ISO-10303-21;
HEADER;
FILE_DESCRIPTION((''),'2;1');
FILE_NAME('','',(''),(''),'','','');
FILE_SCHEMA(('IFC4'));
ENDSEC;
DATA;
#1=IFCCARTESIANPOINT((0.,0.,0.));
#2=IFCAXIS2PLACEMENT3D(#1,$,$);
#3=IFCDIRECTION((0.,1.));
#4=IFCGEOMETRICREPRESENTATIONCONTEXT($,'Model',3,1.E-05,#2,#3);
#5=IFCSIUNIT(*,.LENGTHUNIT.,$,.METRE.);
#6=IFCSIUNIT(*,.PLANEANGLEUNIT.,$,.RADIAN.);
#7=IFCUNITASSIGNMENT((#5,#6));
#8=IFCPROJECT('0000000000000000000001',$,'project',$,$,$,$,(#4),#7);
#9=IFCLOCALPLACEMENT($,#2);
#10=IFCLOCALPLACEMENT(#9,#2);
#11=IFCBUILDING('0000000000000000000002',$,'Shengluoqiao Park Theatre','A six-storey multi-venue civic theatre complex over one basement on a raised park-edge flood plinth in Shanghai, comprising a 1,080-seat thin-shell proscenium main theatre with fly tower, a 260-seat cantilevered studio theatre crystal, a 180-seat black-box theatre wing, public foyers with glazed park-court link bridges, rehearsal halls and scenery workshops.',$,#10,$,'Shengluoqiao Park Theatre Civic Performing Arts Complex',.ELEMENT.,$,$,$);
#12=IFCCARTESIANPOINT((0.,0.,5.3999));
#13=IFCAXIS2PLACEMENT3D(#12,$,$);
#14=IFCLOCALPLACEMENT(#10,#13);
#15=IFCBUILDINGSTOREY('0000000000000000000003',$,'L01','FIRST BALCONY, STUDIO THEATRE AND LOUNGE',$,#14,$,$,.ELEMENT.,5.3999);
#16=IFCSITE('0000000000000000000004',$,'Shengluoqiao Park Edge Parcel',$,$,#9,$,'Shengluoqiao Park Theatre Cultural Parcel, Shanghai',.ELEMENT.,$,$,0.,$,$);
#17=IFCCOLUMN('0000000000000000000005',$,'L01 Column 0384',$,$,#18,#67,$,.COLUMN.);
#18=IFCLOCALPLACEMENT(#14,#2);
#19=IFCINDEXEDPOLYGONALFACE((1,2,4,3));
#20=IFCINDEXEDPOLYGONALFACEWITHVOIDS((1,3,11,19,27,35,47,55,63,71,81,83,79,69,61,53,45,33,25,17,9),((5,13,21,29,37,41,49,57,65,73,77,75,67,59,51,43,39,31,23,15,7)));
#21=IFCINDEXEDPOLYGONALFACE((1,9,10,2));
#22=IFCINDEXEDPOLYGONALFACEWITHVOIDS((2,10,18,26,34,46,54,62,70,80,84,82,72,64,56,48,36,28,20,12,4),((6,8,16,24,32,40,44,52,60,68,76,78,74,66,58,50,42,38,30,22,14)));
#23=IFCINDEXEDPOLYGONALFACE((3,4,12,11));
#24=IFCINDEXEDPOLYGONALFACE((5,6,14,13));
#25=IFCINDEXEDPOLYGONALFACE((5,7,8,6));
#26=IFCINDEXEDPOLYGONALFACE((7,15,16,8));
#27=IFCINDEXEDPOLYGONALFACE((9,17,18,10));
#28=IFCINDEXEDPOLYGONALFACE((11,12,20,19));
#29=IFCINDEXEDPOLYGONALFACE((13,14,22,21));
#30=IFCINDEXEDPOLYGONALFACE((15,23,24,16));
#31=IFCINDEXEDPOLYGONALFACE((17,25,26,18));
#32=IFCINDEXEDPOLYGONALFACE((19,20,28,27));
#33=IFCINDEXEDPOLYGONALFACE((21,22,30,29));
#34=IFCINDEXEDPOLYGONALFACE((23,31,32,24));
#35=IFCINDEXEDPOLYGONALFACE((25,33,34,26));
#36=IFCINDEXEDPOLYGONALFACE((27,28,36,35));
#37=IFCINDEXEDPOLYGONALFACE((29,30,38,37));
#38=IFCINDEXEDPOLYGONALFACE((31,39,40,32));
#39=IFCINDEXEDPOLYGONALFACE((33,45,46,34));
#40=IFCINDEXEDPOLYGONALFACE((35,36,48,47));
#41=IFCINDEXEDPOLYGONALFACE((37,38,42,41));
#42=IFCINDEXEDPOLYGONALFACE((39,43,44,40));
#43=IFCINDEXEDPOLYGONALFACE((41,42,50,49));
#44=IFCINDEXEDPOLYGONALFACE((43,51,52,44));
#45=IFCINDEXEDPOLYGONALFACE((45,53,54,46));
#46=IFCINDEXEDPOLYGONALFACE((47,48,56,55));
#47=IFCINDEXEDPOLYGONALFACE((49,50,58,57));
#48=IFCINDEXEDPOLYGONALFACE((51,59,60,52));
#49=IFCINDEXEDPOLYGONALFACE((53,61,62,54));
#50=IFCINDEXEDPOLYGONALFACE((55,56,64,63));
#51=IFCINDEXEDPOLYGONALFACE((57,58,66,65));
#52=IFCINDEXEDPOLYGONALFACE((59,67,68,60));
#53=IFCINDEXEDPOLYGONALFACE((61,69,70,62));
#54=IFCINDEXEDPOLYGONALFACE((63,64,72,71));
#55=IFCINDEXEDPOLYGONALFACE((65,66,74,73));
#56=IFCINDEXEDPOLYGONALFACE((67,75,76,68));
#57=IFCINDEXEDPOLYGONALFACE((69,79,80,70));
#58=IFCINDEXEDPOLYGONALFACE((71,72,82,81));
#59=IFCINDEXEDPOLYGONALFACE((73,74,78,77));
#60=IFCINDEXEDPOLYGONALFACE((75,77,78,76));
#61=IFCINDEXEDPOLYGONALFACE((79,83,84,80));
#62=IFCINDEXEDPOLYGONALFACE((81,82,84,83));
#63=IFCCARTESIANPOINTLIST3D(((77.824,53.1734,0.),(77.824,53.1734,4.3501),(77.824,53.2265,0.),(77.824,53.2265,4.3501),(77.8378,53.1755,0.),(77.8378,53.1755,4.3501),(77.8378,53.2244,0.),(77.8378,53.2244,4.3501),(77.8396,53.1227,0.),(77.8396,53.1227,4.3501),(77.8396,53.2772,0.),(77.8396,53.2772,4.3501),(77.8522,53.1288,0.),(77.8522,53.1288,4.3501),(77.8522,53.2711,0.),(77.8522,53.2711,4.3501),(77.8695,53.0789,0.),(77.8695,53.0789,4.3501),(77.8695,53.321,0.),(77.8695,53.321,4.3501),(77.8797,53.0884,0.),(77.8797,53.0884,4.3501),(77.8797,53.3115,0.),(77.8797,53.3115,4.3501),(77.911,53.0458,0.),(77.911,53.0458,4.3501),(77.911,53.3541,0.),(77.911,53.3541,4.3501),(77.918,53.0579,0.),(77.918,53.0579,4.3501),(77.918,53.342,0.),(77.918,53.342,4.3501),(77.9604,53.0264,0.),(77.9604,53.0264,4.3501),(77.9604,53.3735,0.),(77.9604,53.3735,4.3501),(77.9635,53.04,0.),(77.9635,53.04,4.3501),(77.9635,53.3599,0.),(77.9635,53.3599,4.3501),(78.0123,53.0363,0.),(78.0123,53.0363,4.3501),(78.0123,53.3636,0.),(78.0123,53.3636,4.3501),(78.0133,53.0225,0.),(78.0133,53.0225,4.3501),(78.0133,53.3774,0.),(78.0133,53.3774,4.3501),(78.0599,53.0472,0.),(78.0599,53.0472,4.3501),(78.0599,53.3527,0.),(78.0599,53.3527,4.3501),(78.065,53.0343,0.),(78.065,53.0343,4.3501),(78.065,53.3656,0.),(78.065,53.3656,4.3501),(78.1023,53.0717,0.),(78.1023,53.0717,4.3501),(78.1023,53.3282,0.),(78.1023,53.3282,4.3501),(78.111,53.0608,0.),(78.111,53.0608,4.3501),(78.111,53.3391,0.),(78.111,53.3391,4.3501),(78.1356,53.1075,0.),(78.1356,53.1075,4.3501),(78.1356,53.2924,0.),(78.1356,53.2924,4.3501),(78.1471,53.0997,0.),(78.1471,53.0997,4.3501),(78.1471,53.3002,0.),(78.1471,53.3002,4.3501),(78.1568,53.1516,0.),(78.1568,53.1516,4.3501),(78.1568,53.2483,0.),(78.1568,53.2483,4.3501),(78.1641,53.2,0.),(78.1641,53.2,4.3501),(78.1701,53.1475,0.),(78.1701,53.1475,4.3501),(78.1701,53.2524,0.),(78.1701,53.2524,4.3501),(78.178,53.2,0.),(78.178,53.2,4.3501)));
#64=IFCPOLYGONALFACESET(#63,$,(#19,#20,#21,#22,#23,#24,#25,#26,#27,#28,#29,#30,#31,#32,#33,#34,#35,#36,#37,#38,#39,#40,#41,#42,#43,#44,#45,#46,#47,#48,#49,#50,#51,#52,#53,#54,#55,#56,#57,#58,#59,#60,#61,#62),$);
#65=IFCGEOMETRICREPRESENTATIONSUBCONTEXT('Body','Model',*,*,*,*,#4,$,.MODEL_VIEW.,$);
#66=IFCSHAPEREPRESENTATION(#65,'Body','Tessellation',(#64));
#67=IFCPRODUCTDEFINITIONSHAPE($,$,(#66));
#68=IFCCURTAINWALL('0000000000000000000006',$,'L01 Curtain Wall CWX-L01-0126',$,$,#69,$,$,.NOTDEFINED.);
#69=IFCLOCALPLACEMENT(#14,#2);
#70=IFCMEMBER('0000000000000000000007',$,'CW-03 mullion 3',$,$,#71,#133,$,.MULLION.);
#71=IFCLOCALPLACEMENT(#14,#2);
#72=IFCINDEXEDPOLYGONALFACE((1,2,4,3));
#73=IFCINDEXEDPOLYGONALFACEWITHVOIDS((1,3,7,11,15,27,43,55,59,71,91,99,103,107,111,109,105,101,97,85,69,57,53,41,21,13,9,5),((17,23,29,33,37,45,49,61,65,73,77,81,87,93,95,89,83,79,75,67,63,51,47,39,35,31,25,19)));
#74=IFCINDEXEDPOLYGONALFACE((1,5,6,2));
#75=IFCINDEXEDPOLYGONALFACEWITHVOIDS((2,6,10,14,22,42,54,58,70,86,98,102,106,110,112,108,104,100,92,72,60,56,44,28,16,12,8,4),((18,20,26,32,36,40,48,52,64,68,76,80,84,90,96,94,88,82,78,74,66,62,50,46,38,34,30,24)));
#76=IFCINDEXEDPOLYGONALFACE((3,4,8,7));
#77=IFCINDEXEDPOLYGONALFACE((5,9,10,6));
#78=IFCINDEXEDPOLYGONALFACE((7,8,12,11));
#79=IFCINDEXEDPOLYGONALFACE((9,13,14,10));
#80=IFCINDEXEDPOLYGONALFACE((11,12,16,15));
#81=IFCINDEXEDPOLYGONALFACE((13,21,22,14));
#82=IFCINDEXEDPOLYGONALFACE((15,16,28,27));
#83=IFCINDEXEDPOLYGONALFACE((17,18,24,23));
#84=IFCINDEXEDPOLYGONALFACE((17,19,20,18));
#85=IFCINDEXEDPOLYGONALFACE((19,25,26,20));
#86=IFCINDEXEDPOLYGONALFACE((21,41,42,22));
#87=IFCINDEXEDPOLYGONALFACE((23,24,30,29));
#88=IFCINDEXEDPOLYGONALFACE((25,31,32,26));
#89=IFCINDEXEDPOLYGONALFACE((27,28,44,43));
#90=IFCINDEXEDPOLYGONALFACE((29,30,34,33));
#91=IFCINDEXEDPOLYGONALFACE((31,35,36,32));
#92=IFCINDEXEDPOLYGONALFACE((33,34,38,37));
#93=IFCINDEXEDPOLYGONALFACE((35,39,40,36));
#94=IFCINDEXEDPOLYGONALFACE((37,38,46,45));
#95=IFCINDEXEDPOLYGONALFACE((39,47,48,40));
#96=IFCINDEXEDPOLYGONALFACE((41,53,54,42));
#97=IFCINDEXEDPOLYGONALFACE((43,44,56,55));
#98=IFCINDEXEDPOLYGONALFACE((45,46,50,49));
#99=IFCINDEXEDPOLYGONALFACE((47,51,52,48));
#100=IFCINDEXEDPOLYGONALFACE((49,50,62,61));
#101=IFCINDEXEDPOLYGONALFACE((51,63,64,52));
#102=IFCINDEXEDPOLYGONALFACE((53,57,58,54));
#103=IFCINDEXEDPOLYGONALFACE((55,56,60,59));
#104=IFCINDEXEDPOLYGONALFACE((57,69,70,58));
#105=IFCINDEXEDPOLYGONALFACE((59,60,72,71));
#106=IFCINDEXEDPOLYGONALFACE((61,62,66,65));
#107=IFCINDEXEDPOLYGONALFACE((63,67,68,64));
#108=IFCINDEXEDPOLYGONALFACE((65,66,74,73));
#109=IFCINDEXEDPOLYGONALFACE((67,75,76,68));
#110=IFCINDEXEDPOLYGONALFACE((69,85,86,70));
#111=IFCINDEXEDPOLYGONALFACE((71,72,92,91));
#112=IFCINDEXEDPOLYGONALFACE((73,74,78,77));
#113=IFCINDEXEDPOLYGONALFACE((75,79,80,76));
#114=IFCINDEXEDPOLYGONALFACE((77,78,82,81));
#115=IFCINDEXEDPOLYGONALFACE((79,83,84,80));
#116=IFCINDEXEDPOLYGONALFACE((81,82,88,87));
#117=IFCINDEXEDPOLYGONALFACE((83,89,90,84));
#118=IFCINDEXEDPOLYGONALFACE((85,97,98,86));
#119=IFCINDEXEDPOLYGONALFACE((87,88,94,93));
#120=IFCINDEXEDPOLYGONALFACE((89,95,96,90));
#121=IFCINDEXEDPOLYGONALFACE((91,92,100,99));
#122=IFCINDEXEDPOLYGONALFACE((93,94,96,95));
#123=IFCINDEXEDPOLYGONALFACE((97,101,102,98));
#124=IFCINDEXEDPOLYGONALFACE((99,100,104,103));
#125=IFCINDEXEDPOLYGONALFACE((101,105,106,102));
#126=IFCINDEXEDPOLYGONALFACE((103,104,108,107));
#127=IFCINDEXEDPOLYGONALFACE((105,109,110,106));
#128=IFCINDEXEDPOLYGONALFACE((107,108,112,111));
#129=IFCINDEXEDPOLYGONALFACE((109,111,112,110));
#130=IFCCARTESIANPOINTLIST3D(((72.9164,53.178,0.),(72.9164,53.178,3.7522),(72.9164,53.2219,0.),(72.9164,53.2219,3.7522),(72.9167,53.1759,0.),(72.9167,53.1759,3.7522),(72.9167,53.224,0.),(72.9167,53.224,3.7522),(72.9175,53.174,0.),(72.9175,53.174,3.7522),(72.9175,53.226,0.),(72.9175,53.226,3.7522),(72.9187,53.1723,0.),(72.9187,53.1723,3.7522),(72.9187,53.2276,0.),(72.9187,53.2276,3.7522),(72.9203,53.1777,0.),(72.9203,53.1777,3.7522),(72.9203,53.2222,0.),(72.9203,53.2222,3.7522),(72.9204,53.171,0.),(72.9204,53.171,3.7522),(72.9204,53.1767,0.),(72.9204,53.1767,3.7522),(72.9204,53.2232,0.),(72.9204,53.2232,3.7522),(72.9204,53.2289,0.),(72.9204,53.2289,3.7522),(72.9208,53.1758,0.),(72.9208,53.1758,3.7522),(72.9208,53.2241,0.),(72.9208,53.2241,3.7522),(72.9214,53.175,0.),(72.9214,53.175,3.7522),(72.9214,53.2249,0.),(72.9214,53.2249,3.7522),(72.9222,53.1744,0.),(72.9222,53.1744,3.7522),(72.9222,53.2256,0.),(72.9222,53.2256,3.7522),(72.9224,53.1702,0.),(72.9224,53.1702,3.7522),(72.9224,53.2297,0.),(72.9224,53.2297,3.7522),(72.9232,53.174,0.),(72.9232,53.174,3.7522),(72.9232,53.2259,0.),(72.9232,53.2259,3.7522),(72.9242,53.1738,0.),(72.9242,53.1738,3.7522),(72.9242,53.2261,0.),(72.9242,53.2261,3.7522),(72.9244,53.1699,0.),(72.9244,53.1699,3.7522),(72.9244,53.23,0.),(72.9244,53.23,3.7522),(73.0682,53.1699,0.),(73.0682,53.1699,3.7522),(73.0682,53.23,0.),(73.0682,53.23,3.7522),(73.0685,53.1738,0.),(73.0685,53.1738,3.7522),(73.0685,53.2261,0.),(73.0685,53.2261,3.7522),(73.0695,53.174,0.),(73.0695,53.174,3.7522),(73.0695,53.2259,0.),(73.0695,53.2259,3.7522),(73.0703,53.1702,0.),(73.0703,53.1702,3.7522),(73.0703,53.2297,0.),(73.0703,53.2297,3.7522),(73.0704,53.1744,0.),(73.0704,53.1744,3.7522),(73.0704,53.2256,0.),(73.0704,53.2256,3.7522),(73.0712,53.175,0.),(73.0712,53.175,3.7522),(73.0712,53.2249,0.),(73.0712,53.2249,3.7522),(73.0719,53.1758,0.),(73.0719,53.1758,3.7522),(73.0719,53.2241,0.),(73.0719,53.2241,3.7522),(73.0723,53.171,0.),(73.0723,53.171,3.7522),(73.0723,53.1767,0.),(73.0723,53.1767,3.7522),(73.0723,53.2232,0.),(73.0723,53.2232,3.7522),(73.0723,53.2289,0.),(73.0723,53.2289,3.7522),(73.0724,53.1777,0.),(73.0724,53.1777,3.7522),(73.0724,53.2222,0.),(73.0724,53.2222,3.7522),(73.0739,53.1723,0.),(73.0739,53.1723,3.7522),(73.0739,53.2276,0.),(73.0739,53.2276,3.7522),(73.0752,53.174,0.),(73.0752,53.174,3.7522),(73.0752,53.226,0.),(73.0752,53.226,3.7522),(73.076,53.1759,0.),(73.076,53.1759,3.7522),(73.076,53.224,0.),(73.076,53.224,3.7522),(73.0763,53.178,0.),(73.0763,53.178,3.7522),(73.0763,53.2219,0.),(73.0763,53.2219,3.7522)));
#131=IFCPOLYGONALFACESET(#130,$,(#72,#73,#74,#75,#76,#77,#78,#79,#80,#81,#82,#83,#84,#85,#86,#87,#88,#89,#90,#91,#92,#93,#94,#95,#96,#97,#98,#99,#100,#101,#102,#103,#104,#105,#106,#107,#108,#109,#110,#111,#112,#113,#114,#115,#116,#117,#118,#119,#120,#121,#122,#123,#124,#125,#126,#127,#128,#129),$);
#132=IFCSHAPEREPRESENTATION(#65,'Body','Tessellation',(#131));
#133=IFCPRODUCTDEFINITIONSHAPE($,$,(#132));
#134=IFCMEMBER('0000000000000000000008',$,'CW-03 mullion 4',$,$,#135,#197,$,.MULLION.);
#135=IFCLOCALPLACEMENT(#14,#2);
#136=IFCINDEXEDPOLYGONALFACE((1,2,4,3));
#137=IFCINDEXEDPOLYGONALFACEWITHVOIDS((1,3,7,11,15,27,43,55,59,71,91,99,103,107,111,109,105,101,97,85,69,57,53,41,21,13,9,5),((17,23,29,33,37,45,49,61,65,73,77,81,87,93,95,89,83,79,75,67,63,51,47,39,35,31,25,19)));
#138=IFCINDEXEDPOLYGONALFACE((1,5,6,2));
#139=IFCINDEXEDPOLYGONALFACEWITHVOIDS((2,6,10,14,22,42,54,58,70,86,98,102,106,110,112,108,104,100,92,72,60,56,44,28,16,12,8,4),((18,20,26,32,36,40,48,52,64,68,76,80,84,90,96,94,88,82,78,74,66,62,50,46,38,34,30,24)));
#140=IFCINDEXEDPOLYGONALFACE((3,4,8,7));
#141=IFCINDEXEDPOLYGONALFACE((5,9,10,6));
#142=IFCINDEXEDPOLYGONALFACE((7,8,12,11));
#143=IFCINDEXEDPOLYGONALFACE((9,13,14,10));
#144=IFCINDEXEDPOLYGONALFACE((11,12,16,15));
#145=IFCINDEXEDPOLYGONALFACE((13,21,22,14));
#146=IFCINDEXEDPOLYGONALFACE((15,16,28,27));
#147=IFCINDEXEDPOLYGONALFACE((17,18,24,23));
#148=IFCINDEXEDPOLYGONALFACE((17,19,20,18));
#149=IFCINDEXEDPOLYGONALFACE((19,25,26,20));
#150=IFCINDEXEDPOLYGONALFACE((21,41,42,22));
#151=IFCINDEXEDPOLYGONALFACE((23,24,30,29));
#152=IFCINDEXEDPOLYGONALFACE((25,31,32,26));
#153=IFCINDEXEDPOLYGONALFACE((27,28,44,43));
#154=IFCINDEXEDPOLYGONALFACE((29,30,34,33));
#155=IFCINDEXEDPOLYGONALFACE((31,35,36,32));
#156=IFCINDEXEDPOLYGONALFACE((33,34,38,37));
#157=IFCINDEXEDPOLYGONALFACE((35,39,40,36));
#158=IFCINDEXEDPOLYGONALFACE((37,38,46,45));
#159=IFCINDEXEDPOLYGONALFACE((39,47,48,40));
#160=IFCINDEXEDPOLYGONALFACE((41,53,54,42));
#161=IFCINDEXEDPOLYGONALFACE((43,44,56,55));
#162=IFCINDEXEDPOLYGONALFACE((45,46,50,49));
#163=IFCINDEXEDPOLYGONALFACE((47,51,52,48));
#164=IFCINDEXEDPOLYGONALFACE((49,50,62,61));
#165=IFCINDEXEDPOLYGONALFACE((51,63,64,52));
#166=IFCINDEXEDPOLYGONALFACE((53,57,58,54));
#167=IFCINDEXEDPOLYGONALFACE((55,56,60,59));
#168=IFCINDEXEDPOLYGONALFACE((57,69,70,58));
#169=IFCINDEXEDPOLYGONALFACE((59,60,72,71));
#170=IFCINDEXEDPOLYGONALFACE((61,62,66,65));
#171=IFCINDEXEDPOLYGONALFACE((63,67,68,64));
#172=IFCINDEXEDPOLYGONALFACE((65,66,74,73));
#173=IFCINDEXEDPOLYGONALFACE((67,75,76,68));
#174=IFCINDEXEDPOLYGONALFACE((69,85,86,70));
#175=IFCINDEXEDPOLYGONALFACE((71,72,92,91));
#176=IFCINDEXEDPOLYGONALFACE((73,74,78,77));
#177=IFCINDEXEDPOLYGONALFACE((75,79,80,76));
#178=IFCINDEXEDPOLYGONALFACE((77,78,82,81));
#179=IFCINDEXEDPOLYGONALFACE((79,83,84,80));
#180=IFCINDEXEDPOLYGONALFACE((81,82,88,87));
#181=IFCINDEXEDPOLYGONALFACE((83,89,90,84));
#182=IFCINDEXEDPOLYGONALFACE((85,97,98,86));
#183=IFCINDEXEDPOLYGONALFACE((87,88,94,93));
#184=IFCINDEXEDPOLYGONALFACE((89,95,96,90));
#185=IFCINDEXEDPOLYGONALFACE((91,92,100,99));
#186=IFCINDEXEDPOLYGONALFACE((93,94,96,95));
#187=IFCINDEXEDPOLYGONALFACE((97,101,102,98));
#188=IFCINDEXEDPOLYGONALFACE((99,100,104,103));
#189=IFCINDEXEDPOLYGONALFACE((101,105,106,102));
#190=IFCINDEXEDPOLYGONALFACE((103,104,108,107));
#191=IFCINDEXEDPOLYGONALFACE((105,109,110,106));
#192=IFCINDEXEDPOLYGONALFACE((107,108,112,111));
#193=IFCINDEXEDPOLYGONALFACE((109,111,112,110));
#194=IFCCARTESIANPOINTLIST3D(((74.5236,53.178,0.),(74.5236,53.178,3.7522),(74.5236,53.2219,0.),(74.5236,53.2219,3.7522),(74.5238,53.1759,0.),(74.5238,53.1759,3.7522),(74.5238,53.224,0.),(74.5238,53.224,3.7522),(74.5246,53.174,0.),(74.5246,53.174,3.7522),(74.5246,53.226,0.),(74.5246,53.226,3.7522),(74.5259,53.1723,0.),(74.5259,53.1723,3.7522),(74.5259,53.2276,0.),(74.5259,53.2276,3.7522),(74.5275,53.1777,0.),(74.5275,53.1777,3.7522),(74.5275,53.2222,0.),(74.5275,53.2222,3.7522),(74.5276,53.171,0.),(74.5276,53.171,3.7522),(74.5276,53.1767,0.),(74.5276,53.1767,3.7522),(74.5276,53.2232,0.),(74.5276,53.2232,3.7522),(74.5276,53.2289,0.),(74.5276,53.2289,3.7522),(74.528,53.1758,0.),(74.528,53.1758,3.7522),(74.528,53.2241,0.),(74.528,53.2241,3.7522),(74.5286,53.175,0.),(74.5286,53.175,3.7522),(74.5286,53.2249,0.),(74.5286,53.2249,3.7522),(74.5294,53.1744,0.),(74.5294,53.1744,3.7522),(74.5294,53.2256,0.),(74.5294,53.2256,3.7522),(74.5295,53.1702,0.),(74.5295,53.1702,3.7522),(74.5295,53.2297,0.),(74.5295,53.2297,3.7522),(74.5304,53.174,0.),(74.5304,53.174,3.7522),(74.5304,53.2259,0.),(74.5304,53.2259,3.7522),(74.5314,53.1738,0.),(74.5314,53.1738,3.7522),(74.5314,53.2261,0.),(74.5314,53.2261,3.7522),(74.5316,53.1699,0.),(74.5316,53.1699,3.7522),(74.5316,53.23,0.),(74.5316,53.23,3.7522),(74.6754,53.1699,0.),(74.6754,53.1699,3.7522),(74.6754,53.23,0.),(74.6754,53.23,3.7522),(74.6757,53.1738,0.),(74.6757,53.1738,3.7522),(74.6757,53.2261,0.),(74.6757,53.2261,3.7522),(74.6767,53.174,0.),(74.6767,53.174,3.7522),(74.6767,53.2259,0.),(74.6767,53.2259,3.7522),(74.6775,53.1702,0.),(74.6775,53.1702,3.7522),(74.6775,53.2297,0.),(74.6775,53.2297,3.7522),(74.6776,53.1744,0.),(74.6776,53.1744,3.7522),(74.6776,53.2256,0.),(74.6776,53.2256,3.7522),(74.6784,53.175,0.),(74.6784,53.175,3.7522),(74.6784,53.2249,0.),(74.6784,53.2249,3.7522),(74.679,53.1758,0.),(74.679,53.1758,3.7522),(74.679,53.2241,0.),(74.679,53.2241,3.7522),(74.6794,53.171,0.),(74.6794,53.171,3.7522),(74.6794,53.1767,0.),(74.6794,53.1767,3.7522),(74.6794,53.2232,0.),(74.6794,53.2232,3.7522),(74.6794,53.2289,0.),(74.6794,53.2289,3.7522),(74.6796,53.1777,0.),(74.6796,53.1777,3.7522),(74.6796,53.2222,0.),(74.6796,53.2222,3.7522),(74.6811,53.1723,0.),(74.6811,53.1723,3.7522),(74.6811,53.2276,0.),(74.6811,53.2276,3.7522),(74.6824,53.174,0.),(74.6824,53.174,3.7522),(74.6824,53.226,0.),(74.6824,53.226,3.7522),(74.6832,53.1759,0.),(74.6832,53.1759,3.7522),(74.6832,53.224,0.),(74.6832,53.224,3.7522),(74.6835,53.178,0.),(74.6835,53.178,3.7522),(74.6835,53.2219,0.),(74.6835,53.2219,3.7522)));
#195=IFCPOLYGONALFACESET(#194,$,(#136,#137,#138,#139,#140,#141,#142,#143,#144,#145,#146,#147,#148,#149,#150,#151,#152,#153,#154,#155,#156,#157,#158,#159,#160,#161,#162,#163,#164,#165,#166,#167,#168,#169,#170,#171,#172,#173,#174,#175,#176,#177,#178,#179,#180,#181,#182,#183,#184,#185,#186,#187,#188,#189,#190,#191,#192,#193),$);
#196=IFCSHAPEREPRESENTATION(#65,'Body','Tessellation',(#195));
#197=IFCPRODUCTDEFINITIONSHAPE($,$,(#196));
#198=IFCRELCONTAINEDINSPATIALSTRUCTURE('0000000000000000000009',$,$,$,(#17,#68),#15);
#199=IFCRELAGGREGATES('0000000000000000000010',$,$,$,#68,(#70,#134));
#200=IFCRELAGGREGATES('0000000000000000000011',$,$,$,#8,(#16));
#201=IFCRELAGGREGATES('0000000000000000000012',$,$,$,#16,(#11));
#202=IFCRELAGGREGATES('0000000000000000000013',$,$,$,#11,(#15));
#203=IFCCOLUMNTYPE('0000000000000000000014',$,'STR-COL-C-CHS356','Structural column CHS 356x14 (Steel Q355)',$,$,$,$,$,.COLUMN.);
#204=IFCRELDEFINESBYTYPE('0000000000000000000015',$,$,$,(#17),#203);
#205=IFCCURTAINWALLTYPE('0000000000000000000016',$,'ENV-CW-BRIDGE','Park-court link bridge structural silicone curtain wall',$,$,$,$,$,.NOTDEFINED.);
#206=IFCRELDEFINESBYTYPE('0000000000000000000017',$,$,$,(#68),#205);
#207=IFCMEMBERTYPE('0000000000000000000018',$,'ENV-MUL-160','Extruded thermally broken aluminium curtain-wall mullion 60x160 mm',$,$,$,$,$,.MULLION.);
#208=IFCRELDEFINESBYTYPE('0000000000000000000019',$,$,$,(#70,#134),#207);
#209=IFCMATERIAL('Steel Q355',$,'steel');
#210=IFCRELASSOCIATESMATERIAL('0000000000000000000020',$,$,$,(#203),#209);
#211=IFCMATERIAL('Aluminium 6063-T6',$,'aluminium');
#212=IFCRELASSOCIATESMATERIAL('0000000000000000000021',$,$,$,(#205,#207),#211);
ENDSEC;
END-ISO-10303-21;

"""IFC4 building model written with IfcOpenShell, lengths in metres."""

from ifc_helpers import new_model, si_unit, direction, frame, origin, origin_2d, place, context, subcontext, project, spatial, hollow_rectangle, hollow_circle, extrude, material, material_profile, profile_set, type_object, element, aggregate, save


model = new_model("IFC4")

# Units and contexts
model_context = context("Model", 3, precision=1e-05, world=origin(), true_north=direction((0.0, 1.0)))
body_context = subcontext(model_context, "Body", "Model", "MODEL_VIEW")
ifc_project = project(units=[si_unit("LENGTHUNIT", "METRE"), si_unit("PLANEANGLEUNIT", "RADIAN")], contexts=[model_context])

# Site, building, storey
site_placement = place(None, origin())
site = spatial("IfcSite", under=ifc_project, at=site_placement, Name="Shengluoqiao Park Edge Parcel", LongName="Shengluoqiao Park Theatre Cultural Parcel, Shanghai", CompositionType="ELEMENT", RefElevation=0.0)
building_placement = place(site_placement, origin())
building = spatial("IfcBuilding", under=site, at=building_placement, Name="Shengluoqiao Park Theatre", Description="A six-storey multi-venue civic theatre complex over one basement on a raised park-edge flood plinth in Shanghai, comprising a 1,080-seat thin-shell proscenium main theatre with fly tower, a 260-seat cantilevered studio theatre crystal, a 180-seat black-box theatre wing, public foyers with glazed park-court link bridges, rehearsal halls and scenery workshops.", LongName="Shengluoqiao Park Theatre Civic Performing Arts Complex", CompositionType="ELEMENT")
storey_placement = place(building_placement, frame((0.0, 0.0, 5.3999)))
storey = spatial("IfcBuildingStorey", under=building, at=storey_placement, Name="L01", Description="FIRST BALCONY, STUDIO THEATRE AND LOUNGE", CompositionType="ELEMENT", Elevation=5.3999)

# Column
ifc_material_1 = material(Name="Steel Q355", Category="steel")
ifc_material_profile_1 = material_profile(ifc_material_1, hollow_circle(Radius=0.178, WallThickness=0.0139, at=origin_2d()), Name="CHS 356x14")
ifc_profile_set_1 = profile_set([ifc_material_profile_1], Name="Steel Q355")
column_type = type_object("IfcColumnType", Name="STR-COL-C-CHS356", Description="Structural column CHS 356x14 (Steel Q355)", PredefinedType="COLUMN", material=ifc_profile_set_1)
column_placement = place(storey_placement, frame((78.0, 53.2, 0.0), z_axis=(0.0, 0.0, 1.0), x_axis=(1.0, 0.0, 0.0)))
element("IfcColumn", 1, at=column_placement, inside=storey, type_object=column_type, Name="L01 Column 0384", PredefinedType="COLUMN", context=body_context, shape_type="SweptSolid", body=[
    extrude(hollow_circle(Radius=0.178, WallThickness=0.0139, at=origin_2d()), origin(), (0.0, 0.0, 1.0), 4.3501),
])

# Curtain wall, members
ifc_material_2 = material(Name="Aluminium 6063-T6", Category="aluminium")
curtain_wall_type = type_object("IfcCurtainWallType", Name="ENV-CW-BRIDGE", Description="Park-court link bridge structural silicone curtain wall", PredefinedType="NOTDEFINED", material=ifc_material_2)
curtain_wall_1_placement = place(storey_placement, origin())
curtain_wall_1 = element("IfcCurtainWall", 2, at=curtain_wall_1_placement, inside=storey, type_object=curtain_wall_type, Name="L01 Curtain Wall CWX-L01-0126", PredefinedType="NOTDEFINED")
ifc_material_profile_2 = material_profile(ifc_material_2, hollow_rectangle(XDim=0.0601, YDim=0.1599, WallThickness=0.0039, InnerFilletRadius=0.0039, OuterFilletRadius=0.0081, at=origin_2d()), Name="ALU MULLION 160x60x4")
ifc_profile_set_2 = profile_set([ifc_material_profile_2], Name="Aluminium 6063-T6")
member_type_1 = type_object("IfcMemberType", Name="ENV-MUL-160", Description="Extruded thermally broken aluminium curtain-wall mullion 60x160 mm", PredefinedType="MULLION", material=ifc_profile_set_2)
member_1_placement = place(storey_placement, frame((72.9963, 53.2, 0.0), z_axis=(0.0, 0.0, 1.0), x_axis=(0.0, 1.0, 0.0)))
member_1 = element("IfcMember", 3, at=member_1_placement, type_object=member_type_1, Name="CW-03 mullion 3", PredefinedType="MULLION", context=body_context, shape_type="SweptSolid", body=[
    extrude(hollow_rectangle(XDim=0.0601, YDim=0.1599, WallThickness=0.0039, InnerFilletRadius=0.0039, OuterFilletRadius=0.0081, at=origin_2d()), origin(), (0.0, 0.0, 1.0), 3.7522),
])
member_2_placement = place(storey_placement, frame((74.6035, 53.2, 0.0), z_axis=(0.0, 0.0, 1.0), x_axis=(0.0, 1.0, 0.0)))
member_2 = element("IfcMember", 4, at=member_2_placement, type_object=member_type_1, Name="CW-03 mullion 4", PredefinedType="MULLION", context=body_context, shape_type="SweptSolid", body=[
    extrude(hollow_rectangle(XDim=0.0601, YDim=0.1599, WallThickness=0.0039, InnerFilletRadius=0.0039, OuterFilletRadius=0.0081, at=origin_2d()), origin(), (0.0, 0.0, 1.0), 3.7522),
])

aggregate(curtain_wall_1, [member_1, member_2])

save(model, "model.ifc")
